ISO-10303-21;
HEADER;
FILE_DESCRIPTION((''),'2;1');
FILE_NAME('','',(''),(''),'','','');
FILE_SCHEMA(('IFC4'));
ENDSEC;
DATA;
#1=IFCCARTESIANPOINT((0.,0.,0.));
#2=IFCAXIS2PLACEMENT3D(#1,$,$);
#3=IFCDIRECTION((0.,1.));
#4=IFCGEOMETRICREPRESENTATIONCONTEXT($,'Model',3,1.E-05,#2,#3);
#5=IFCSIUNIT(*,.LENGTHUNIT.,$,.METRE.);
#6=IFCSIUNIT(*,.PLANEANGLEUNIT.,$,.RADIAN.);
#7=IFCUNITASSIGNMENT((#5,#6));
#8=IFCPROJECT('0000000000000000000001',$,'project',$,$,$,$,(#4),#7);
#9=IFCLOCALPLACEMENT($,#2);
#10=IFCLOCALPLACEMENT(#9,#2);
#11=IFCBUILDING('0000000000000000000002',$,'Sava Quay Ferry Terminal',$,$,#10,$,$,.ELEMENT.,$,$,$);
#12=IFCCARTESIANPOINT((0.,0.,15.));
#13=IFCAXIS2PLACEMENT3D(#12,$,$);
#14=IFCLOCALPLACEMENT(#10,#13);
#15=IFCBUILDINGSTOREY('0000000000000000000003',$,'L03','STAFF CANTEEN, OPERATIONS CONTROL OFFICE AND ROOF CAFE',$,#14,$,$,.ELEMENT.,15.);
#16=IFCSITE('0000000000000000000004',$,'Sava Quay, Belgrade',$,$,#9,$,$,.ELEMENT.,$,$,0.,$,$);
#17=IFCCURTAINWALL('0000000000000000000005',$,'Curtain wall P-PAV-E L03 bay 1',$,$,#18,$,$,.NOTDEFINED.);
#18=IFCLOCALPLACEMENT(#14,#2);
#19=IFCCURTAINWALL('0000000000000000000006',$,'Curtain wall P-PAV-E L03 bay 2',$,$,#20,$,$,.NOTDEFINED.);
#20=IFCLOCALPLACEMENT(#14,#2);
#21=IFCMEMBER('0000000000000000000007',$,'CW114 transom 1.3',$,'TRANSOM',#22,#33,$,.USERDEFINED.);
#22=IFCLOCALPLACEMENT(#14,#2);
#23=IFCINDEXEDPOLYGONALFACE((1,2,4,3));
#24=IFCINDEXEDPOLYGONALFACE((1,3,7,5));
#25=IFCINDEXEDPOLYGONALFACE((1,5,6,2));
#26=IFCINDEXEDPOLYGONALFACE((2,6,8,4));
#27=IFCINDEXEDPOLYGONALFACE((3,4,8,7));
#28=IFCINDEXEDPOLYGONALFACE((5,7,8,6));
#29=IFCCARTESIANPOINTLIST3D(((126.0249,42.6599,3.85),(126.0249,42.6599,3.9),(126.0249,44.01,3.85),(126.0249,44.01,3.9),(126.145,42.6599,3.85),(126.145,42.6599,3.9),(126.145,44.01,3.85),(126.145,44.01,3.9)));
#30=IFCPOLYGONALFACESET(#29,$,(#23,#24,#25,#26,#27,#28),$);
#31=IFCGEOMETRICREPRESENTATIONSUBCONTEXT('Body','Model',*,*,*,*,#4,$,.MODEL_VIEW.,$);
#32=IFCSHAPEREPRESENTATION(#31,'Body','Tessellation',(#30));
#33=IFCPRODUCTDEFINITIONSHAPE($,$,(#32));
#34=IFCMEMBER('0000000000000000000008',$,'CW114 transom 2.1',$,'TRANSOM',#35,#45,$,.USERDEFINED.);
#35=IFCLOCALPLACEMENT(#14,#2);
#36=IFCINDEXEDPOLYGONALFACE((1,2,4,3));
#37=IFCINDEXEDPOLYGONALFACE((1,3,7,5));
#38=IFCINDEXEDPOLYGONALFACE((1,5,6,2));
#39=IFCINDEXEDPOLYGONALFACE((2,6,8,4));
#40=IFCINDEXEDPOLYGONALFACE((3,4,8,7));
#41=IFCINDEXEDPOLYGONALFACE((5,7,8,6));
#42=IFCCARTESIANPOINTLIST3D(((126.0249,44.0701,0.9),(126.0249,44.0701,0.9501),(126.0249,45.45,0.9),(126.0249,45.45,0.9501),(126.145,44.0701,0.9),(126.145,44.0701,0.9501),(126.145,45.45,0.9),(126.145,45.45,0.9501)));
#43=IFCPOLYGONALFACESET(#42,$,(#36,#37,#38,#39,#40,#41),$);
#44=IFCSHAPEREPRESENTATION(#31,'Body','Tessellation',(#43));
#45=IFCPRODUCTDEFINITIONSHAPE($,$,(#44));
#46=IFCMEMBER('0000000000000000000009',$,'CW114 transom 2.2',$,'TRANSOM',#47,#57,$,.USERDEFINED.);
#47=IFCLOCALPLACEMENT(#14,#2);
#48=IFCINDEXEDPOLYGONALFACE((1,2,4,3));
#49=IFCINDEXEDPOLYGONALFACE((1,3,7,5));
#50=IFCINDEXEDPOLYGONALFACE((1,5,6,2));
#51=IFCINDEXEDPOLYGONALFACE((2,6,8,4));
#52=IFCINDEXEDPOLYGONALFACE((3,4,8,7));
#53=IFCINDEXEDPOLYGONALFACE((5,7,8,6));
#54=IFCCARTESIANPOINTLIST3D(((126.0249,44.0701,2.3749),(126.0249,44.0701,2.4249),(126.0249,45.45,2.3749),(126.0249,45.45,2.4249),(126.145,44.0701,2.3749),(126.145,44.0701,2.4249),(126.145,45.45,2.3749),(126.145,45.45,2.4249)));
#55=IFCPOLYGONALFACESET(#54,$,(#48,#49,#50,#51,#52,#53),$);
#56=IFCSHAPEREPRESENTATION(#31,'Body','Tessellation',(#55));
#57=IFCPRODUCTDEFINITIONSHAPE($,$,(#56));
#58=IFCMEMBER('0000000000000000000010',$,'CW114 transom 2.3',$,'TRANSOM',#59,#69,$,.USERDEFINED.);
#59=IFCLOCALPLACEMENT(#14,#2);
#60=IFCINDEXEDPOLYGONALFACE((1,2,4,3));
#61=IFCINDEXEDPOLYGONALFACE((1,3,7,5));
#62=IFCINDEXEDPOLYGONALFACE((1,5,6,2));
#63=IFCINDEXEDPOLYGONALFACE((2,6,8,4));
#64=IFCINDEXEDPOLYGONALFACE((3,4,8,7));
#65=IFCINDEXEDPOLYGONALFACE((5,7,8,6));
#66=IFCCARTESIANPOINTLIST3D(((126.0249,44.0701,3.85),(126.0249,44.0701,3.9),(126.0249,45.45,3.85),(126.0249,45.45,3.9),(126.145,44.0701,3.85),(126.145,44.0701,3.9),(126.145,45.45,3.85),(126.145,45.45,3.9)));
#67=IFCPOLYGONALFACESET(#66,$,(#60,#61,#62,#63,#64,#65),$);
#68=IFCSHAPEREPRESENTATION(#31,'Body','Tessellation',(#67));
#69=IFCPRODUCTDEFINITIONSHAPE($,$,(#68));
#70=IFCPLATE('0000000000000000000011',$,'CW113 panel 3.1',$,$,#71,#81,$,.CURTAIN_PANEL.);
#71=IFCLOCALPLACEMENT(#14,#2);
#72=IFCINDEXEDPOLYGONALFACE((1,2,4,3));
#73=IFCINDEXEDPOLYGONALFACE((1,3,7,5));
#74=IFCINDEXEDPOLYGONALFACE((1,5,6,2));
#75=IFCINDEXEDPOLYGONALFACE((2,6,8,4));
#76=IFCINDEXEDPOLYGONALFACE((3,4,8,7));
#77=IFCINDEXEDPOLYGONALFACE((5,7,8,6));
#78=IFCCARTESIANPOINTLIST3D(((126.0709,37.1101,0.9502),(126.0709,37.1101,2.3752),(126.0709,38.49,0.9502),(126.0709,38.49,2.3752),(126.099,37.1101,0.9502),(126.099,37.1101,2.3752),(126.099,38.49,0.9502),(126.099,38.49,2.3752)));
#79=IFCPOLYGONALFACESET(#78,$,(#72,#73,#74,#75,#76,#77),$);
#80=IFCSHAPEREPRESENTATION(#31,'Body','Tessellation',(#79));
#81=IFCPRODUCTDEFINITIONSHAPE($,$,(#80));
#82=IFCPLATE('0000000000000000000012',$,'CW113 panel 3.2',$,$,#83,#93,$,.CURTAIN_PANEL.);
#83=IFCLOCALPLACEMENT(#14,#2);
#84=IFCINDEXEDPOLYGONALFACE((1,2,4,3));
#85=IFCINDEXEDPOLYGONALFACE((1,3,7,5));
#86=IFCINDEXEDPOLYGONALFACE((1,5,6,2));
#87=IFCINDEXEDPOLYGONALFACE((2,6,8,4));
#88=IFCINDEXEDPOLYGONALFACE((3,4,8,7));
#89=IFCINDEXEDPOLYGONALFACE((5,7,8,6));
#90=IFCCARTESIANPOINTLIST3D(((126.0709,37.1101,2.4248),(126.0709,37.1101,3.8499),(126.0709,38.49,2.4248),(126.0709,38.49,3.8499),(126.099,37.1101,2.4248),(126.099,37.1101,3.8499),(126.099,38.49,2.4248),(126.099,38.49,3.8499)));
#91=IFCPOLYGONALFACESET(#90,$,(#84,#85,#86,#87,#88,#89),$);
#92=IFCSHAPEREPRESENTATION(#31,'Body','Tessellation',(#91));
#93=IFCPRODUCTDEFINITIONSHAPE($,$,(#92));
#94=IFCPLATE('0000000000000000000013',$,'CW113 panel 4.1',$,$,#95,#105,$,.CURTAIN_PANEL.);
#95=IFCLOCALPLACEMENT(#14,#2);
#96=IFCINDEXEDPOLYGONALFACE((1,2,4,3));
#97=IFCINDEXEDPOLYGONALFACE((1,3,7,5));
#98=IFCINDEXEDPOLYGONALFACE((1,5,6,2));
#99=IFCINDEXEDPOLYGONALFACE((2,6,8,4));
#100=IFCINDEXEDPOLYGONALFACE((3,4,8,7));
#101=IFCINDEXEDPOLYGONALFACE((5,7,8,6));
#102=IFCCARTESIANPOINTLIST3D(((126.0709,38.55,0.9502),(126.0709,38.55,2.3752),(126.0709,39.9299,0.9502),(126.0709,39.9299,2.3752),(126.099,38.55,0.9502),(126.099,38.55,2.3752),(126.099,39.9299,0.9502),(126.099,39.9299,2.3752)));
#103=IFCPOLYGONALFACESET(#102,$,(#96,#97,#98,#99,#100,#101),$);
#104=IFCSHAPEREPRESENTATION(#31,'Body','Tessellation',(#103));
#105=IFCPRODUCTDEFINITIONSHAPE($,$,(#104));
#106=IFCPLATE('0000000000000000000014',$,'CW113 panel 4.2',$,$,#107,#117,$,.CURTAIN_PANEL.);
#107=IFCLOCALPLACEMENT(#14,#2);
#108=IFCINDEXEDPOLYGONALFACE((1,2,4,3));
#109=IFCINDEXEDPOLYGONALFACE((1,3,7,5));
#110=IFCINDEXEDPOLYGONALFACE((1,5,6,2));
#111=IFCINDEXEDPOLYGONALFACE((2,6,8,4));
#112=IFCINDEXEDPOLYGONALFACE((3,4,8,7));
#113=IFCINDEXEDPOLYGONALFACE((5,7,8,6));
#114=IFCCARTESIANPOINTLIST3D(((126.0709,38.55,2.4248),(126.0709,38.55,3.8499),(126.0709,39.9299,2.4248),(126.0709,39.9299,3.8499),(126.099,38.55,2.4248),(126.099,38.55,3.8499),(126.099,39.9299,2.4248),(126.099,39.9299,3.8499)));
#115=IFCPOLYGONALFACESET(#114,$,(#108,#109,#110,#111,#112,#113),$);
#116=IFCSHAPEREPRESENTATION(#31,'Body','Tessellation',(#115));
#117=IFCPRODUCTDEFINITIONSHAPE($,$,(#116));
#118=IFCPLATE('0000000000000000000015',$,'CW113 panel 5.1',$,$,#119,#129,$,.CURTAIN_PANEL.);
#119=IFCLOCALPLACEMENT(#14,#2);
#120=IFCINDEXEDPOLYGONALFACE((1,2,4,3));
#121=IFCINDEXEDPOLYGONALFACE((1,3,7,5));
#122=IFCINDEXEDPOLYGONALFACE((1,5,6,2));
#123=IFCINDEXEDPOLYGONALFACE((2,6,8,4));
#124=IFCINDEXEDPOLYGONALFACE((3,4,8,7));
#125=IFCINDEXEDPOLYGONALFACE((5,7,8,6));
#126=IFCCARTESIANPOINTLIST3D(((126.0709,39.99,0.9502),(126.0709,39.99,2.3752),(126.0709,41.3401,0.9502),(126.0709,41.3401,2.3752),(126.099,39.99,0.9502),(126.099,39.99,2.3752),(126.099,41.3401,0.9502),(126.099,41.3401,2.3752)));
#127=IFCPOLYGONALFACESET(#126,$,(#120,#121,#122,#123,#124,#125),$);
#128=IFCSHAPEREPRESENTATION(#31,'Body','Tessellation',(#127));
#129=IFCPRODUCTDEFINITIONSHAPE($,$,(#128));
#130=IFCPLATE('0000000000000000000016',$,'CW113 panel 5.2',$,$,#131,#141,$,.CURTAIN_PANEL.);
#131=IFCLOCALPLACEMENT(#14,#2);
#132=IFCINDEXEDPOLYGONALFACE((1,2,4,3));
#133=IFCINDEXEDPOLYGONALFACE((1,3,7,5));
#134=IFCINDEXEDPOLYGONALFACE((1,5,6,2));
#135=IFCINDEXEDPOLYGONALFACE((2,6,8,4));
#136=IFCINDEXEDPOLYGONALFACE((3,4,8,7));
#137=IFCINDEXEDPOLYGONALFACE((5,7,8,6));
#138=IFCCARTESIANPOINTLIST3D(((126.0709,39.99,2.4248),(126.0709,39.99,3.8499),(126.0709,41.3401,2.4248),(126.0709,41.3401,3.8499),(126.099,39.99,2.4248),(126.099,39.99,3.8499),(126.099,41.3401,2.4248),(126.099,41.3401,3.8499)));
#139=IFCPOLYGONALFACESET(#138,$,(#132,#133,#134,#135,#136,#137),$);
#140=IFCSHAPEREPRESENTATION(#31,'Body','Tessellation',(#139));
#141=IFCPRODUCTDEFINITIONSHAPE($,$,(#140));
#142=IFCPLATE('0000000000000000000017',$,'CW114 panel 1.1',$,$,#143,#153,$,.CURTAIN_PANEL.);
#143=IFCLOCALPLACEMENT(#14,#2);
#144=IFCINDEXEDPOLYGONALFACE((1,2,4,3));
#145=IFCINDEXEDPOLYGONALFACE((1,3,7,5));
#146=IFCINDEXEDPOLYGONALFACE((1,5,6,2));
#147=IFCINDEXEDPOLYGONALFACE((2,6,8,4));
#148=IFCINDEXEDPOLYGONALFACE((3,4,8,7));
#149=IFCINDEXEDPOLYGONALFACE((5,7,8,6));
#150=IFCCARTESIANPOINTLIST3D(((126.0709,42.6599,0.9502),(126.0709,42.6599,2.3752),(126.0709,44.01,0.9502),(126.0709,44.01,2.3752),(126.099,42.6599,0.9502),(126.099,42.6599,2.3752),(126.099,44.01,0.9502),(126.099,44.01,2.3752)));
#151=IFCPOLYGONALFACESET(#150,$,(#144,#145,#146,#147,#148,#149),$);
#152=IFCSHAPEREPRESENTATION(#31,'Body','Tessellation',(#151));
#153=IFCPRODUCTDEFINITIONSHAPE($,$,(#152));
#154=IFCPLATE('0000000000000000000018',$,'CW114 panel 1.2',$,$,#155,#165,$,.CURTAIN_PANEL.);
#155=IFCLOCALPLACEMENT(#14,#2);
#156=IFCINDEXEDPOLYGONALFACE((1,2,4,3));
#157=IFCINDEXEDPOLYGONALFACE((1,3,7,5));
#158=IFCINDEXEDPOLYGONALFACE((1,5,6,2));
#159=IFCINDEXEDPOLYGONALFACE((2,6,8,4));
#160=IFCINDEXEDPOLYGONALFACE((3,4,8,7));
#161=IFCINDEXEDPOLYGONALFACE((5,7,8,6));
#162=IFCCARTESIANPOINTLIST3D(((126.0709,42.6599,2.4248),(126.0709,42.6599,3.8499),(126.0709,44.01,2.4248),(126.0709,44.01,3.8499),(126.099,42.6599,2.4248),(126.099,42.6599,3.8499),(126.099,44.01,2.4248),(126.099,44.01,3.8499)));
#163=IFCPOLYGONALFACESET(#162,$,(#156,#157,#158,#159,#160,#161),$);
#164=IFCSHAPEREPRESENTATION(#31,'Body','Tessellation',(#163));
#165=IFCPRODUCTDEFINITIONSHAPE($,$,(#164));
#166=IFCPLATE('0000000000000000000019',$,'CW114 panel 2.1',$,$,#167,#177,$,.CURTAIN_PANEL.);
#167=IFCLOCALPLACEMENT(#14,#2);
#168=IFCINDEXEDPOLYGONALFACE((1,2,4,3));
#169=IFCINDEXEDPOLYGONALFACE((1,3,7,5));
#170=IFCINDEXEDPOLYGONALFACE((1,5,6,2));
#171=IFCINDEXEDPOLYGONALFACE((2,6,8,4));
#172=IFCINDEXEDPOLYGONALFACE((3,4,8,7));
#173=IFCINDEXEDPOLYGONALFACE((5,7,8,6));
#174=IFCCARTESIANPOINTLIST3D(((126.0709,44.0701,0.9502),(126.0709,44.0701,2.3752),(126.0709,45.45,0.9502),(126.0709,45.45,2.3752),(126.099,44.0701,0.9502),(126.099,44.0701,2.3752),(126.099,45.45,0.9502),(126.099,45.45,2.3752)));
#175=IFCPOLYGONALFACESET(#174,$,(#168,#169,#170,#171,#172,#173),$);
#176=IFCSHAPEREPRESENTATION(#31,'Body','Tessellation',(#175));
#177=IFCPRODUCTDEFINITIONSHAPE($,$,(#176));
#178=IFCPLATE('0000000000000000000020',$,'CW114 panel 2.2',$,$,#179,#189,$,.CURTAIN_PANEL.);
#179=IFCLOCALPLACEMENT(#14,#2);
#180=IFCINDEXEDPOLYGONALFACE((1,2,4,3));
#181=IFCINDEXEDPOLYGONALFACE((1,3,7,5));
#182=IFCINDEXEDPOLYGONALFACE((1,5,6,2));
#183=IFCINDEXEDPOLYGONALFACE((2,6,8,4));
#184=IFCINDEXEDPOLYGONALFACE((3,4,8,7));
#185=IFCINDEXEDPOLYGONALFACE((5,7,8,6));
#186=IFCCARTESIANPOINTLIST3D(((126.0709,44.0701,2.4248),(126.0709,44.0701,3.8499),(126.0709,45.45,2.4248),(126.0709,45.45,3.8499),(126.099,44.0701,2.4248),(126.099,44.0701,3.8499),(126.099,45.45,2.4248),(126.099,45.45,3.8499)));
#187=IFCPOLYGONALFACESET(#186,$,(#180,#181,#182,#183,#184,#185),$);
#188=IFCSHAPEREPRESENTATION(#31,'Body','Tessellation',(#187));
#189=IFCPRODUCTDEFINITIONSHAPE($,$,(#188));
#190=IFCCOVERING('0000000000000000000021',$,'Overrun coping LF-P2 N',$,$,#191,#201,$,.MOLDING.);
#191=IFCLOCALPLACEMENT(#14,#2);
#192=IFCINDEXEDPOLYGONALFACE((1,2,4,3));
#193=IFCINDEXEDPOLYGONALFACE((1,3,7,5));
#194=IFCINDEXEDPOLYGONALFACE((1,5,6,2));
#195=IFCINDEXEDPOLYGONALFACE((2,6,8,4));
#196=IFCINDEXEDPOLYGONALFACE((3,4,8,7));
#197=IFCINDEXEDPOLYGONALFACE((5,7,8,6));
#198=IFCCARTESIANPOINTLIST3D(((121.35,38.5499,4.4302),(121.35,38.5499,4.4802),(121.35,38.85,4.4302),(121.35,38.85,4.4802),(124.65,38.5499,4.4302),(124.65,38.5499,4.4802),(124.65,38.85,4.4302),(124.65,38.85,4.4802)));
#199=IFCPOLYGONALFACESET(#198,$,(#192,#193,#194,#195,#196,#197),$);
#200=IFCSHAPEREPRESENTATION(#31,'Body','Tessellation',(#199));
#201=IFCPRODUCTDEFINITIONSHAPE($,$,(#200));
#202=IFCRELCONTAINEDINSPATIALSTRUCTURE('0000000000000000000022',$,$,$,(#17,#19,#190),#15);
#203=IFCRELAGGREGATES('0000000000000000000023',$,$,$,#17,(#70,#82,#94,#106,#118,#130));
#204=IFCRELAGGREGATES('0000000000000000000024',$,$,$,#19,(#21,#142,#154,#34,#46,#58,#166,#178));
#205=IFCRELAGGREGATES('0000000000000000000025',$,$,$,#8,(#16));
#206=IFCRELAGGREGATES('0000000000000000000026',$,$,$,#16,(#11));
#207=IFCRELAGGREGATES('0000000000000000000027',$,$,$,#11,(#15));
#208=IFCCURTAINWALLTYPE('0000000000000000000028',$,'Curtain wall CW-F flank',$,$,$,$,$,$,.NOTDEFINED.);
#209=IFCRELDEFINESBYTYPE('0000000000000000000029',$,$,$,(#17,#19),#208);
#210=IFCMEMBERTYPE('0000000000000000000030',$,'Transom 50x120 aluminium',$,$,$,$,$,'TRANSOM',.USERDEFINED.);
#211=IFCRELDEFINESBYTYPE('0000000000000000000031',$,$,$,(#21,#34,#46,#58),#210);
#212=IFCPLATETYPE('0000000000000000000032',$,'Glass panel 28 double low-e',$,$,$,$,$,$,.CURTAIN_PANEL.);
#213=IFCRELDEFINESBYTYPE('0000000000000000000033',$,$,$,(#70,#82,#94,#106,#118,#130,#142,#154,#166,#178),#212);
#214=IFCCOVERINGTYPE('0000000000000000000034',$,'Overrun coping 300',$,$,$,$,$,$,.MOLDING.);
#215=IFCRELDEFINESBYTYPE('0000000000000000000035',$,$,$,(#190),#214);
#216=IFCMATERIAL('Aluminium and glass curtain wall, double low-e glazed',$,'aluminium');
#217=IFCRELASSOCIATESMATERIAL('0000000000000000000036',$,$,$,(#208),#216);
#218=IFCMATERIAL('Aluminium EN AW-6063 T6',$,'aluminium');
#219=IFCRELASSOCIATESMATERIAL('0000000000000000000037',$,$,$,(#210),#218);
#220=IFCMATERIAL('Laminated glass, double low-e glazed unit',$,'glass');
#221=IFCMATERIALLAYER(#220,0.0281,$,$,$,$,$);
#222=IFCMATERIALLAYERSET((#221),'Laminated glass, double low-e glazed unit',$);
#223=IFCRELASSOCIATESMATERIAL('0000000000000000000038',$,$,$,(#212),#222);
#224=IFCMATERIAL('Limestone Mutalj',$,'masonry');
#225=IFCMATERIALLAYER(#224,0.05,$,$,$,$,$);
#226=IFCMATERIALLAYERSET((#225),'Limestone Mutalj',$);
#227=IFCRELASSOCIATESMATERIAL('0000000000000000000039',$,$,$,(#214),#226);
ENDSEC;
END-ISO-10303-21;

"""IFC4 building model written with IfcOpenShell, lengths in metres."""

from ifc_helpers import new_model, si_unit, direction, frame, origin, origin_2d, place, context, subcontext, project, spatial, rectangle, extrude, material, layer, layer_set, material_profile, profile_set, type_object, element, aggregate, save


model = new_model("IFC4")

# Units and contexts
model_context = context("Model", 3, precision=1e-05, world=origin(), true_north=direction((0.0, 1.0)))
body_context = subcontext(model_context, "Body", "Model", "MODEL_VIEW")
ifc_project = project(units=[si_unit("LENGTHUNIT", "METRE"), si_unit("PLANEANGLEUNIT", "RADIAN")], contexts=[model_context])

# Site, building, storey
site_placement = place(None, origin())
site = spatial("IfcSite", under=ifc_project, at=site_placement, Name="Sava Quay, Belgrade", CompositionType="ELEMENT", RefElevation=0.0)
building_placement = place(site_placement, origin())
building = spatial("IfcBuilding", under=site, at=building_placement, Name="Sava Quay Ferry Terminal", CompositionType="ELEMENT")
storey_placement = place(building_placement, frame((0.0, 0.0, 15.0)))
storey = spatial("IfcBuildingStorey", under=building, at=storey_placement, Name="L03", Description="STAFF CANTEEN, OPERATIONS CONTROL OFFICE AND ROOF CAFE", CompositionType="ELEMENT", Elevation=15.0)

# Curtain walls, members
ifc_material_1 = material(Name="Aluminium and glass curtain wall, double low-e glazed", Category="aluminium")
curtain_wall_type = type_object("IfcCurtainWallType", Name="Curtain wall CW-F flank", PredefinedType="NOTDEFINED", material=ifc_material_1)
curtain_wall_1_placement = place(storey_placement, origin())
curtain_wall_1 = element("IfcCurtainWall", 1, at=curtain_wall_1_placement, inside=storey, type_object=curtain_wall_type, Name="Curtain wall P-PAV-E L03 bay 1", PredefinedType="NOTDEFINED")
ifc_material_2 = material(Name="Aluminium EN AW-6063 T6", Category="aluminium")
ifc_material_profile_1 = material_profile(ifc_material_2, rectangle(XDim=0.1201, YDim=0.05, at=origin_2d()), Name="Transom 50x120 aluminium")
ifc_profile_set_1 = profile_set([ifc_material_profile_1], Name="Aluminium EN AW-6063 T6")
member_type_1 = type_object("IfcMemberType", Name="Transom 50x120 aluminium", ElementType="TRANSOM", PredefinedType="USERDEFINED", material=ifc_profile_set_1)
curtain_wall_2_placement = place(storey_placement, origin())
curtain_wall_2 = element("IfcCurtainWall", 2, at=curtain_wall_2_placement, inside=storey, type_object=curtain_wall_type, Name="Curtain wall P-PAV-E L03 bay 2", PredefinedType="NOTDEFINED")
member_1_placement = place(storey_placement, frame((126.085, 42.6599, 3.875), z_axis=(0.0, 1.0, 0.0), x_axis=(-1.0, 0.0, 0.0)))
member_1 = element("IfcMember", 3, at=member_1_placement, type_object=member_type_1, Name="CW114 transom 1.3", ObjectType="TRANSOM", PredefinedType="USERDEFINED", context=body_context, shape_type="SweptSolid", body=[
    extrude(rectangle(XDim=0.1201, YDim=0.05, at=origin_2d()), origin(), (0.0, 0.0, 1.0), 1.3501),
])
member_2_placement = place(storey_placement, frame((126.085, 44.0701, 0.925), z_axis=(0.0, 1.0, 0.0), x_axis=(-1.0, 0.0, 0.0)))
member_2 = element("IfcMember", 4, at=member_2_placement, type_object=member_type_1, Name="CW114 transom 2.1", ObjectType="TRANSOM", PredefinedType="USERDEFINED", context=body_context, shape_type="SweptSolid", body=[
    extrude(rectangle(XDim=0.1201, YDim=0.05, at=origin_2d()), origin(), (0.0, 0.0, 1.0), 1.3799),
])
member_3_placement = place(storey_placement, frame((126.085, 44.0701, 2.3999), z_axis=(0.0, 1.0, 0.0), x_axis=(-1.0, 0.0, 0.0)))
member_3 = element("IfcMember", 5, at=member_3_placement, type_object=member_type_1, Name="CW114 transom 2.2", ObjectType="TRANSOM", PredefinedType="USERDEFINED", context=body_context, shape_type="SweptSolid", body=[
    extrude(rectangle(XDim=0.1201, YDim=0.05, at=origin_2d()), origin(), (0.0, 0.0, 1.0), 1.3799),
])
member_4_placement = place(storey_placement, frame((126.085, 44.0701, 3.875), z_axis=(0.0, 1.0, 0.0), x_axis=(-1.0, 0.0, 0.0)))
member_4 = element("IfcMember", 6, at=member_4_placement, type_object=member_type_1, Name="CW114 transom 2.3", ObjectType="TRANSOM", PredefinedType="USERDEFINED", context=body_context, shape_type="SweptSolid", body=[
    extrude(rectangle(XDim=0.1201, YDim=0.05, at=origin_2d()), origin(), (0.0, 0.0, 1.0), 1.3799),
])

# Plates
ifc_material_3 = material(Name="Laminated glass, double low-e glazed unit", Category="glass")
ifc_layer_1 = layer(ifc_material_3, 0.0281)
ifc_layer_set_1 = layer_set([ifc_layer_1], Name="Laminated glass, double low-e glazed unit")
plate_type = type_object("IfcPlateType", Name="Glass panel 28 double low-e", PredefinedType="CURTAIN_PANEL", material=ifc_layer_set_1)
plate_1_placement = place(storey_placement, frame((126.085, 37.8, 0.9502), z_axis=(0.0, 0.0, 1.0), x_axis=(0.0, 1.0, 0.0)))
plate_1 = element("IfcPlate", 7, at=plate_1_placement, type_object=plate_type, Name="CW113 panel 3.1", PredefinedType="CURTAIN_PANEL", context=body_context, shape_type="SweptSolid", body=[
    extrude(rectangle(XDim=1.3799, YDim=0.0281, at=origin_2d()), origin(), (0.0, 0.0, 1.0), 1.425),
])
plate_2_placement = place(storey_placement, frame((126.085, 37.8, 2.4248), z_axis=(0.0, 0.0, 1.0), x_axis=(0.0, 1.0, 0.0)))
plate_2 = element("IfcPlate", 8, at=plate_2_placement, type_object=plate_type, Name="CW113 panel 3.2", PredefinedType="CURTAIN_PANEL", context=body_context, shape_type="SweptSolid", body=[
    extrude(rectangle(XDim=1.3799, YDim=0.0281, at=origin_2d()), origin(), (0.0, 0.0, 1.0), 1.425),
])
plate_3_placement = place(storey_placement, frame((126.085, 39.24, 0.9502), z_axis=(0.0, 0.0, 1.0), x_axis=(0.0, 1.0, 0.0)))
plate_3 = element("IfcPlate", 9, at=plate_3_placement, type_object=plate_type, Name="CW113 panel 4.1", PredefinedType="CURTAIN_PANEL", context=body_context, shape_type="SweptSolid", body=[
    extrude(rectangle(XDim=1.3799, YDim=0.0281, at=origin_2d()), origin(), (0.0, 0.0, 1.0), 1.425),
])
plate_4_placement = place(storey_placement, frame((126.085, 39.24, 2.4248), z_axis=(0.0, 0.0, 1.0), x_axis=(0.0, 1.0, 0.0)))
plate_4 = element("IfcPlate", 10, at=plate_4_placement, type_object=plate_type, Name="CW113 panel 4.2", PredefinedType="CURTAIN_PANEL", context=body_context, shape_type="SweptSolid", body=[
    extrude(rectangle(XDim=1.3799, YDim=0.0281, at=origin_2d()), origin(), (0.0, 0.0, 1.0), 1.425),
])
plate_5_placement = place(storey_placement, frame((126.085, 40.665, 0.9502), z_axis=(0.0, 0.0, 1.0), x_axis=(0.0, 1.0, 0.0)))
plate_5 = element("IfcPlate", 11, at=plate_5_placement, type_object=plate_type, Name="CW113 panel 5.1", PredefinedType="CURTAIN_PANEL", context=body_context, shape_type="SweptSolid", body=[
    extrude(rectangle(XDim=1.3501, YDim=0.0281, at=origin_2d()), origin(), (0.0, 0.0, 1.0), 1.425),
])
plate_6_placement = place(storey_placement, frame((126.085, 40.665, 2.4248), z_axis=(0.0, 0.0, 1.0), x_axis=(0.0, 1.0, 0.0)))
plate_6 = element("IfcPlate", 12, at=plate_6_placement, type_object=plate_type, Name="CW113 panel 5.2", PredefinedType="CURTAIN_PANEL", context=body_context, shape_type="SweptSolid", body=[
    extrude(rectangle(XDim=1.3501, YDim=0.0281, at=origin_2d()), origin(), (0.0, 0.0, 1.0), 1.425),
])
aggregate(curtain_wall_1, [plate_1, plate_2, plate_3, plate_4, plate_5, plate_6])
plate_7_placement = place(storey_placement, frame((126.085, 43.335, 0.9502), z_axis=(0.0, 0.0, 1.0), x_axis=(0.0, 1.0, 0.0)))
plate_7 = element("IfcPlate", 13, at=plate_7_placement, type_object=plate_type, Name="CW114 panel 1.1", PredefinedType="CURTAIN_PANEL", context=body_context, shape_type="SweptSolid", body=[
    extrude(rectangle(XDim=1.3501, YDim=0.0281, at=origin_2d()), origin(), (0.0, 0.0, 1.0), 1.425),
])
plate_8_placement = place(storey_placement, frame((126.085, 43.335, 2.4248), z_axis=(0.0, 0.0, 1.0), x_axis=(0.0, 1.0, 0.0)))
plate_8 = element("IfcPlate", 14, at=plate_8_placement, type_object=plate_type, Name="CW114 panel 1.2", PredefinedType="CURTAIN_PANEL", context=body_context, shape_type="SweptSolid", body=[
    extrude(rectangle(XDim=1.3501, YDim=0.0281, at=origin_2d()), origin(), (0.0, 0.0, 1.0), 1.425),
])
plate_9_placement = place(storey_placement, frame((126.085, 44.76, 0.9502), z_axis=(0.0, 0.0, 1.0), x_axis=(0.0, 1.0, 0.0)))
plate_9 = element("IfcPlate", 15, at=plate_9_placement, type_object=plate_type, Name="CW114 panel 2.1", PredefinedType="CURTAIN_PANEL", context=body_context, shape_type="SweptSolid", body=[
    extrude(rectangle(XDim=1.3799, YDim=0.0281, at=origin_2d()), origin(), (0.0, 0.0, 1.0), 1.425),
])
plate_10_placement = place(storey_placement, frame((126.085, 44.76, 2.4248), z_axis=(0.0, 0.0, 1.0), x_axis=(0.0, 1.0, 0.0)))
plate_10 = element("IfcPlate", 16, at=plate_10_placement, type_object=plate_type, Name="CW114 panel 2.2", PredefinedType="CURTAIN_PANEL", context=body_context, shape_type="SweptSolid", body=[
    extrude(rectangle(XDim=1.3799, YDim=0.0281, at=origin_2d()), origin(), (0.0, 0.0, 1.0), 1.425),
])
aggregate(curtain_wall_2, [member_1, plate_7, plate_8, member_2, member_3, member_4, plate_9, plate_10])

# Covering
ifc_material_4 = material(Name="Limestone Mutalj", Category="masonry")
ifc_layer_2 = layer(ifc_material_4, 0.05)
ifc_layer_set_2 = layer_set([ifc_layer_2], Name="Limestone Mutalj")
covering_type_1 = type_object("IfcCoveringType", Name="Overrun coping 300", PredefinedType="MOLDING", material=ifc_layer_set_2)
covering_1_placement = place(storey_placement, frame((123.0, 38.7, 4.4302), z_axis=(0.0, 0.0, 1.0), x_axis=(1.0, 0.0, 0.0)))
element("IfcCovering", 17, at=covering_1_placement, inside=storey, type_object=covering_type_1, Name="Overrun coping LF-P2 N", PredefinedType="MOLDING", context=body_context, shape_type="SweptSolid", body=[
    extrude(rectangle(XDim=3.3, YDim=0.3, at=origin_2d()), origin(), (0.0, 0.0, 1.0), 0.05),
])

save(model, "model.ifc")
